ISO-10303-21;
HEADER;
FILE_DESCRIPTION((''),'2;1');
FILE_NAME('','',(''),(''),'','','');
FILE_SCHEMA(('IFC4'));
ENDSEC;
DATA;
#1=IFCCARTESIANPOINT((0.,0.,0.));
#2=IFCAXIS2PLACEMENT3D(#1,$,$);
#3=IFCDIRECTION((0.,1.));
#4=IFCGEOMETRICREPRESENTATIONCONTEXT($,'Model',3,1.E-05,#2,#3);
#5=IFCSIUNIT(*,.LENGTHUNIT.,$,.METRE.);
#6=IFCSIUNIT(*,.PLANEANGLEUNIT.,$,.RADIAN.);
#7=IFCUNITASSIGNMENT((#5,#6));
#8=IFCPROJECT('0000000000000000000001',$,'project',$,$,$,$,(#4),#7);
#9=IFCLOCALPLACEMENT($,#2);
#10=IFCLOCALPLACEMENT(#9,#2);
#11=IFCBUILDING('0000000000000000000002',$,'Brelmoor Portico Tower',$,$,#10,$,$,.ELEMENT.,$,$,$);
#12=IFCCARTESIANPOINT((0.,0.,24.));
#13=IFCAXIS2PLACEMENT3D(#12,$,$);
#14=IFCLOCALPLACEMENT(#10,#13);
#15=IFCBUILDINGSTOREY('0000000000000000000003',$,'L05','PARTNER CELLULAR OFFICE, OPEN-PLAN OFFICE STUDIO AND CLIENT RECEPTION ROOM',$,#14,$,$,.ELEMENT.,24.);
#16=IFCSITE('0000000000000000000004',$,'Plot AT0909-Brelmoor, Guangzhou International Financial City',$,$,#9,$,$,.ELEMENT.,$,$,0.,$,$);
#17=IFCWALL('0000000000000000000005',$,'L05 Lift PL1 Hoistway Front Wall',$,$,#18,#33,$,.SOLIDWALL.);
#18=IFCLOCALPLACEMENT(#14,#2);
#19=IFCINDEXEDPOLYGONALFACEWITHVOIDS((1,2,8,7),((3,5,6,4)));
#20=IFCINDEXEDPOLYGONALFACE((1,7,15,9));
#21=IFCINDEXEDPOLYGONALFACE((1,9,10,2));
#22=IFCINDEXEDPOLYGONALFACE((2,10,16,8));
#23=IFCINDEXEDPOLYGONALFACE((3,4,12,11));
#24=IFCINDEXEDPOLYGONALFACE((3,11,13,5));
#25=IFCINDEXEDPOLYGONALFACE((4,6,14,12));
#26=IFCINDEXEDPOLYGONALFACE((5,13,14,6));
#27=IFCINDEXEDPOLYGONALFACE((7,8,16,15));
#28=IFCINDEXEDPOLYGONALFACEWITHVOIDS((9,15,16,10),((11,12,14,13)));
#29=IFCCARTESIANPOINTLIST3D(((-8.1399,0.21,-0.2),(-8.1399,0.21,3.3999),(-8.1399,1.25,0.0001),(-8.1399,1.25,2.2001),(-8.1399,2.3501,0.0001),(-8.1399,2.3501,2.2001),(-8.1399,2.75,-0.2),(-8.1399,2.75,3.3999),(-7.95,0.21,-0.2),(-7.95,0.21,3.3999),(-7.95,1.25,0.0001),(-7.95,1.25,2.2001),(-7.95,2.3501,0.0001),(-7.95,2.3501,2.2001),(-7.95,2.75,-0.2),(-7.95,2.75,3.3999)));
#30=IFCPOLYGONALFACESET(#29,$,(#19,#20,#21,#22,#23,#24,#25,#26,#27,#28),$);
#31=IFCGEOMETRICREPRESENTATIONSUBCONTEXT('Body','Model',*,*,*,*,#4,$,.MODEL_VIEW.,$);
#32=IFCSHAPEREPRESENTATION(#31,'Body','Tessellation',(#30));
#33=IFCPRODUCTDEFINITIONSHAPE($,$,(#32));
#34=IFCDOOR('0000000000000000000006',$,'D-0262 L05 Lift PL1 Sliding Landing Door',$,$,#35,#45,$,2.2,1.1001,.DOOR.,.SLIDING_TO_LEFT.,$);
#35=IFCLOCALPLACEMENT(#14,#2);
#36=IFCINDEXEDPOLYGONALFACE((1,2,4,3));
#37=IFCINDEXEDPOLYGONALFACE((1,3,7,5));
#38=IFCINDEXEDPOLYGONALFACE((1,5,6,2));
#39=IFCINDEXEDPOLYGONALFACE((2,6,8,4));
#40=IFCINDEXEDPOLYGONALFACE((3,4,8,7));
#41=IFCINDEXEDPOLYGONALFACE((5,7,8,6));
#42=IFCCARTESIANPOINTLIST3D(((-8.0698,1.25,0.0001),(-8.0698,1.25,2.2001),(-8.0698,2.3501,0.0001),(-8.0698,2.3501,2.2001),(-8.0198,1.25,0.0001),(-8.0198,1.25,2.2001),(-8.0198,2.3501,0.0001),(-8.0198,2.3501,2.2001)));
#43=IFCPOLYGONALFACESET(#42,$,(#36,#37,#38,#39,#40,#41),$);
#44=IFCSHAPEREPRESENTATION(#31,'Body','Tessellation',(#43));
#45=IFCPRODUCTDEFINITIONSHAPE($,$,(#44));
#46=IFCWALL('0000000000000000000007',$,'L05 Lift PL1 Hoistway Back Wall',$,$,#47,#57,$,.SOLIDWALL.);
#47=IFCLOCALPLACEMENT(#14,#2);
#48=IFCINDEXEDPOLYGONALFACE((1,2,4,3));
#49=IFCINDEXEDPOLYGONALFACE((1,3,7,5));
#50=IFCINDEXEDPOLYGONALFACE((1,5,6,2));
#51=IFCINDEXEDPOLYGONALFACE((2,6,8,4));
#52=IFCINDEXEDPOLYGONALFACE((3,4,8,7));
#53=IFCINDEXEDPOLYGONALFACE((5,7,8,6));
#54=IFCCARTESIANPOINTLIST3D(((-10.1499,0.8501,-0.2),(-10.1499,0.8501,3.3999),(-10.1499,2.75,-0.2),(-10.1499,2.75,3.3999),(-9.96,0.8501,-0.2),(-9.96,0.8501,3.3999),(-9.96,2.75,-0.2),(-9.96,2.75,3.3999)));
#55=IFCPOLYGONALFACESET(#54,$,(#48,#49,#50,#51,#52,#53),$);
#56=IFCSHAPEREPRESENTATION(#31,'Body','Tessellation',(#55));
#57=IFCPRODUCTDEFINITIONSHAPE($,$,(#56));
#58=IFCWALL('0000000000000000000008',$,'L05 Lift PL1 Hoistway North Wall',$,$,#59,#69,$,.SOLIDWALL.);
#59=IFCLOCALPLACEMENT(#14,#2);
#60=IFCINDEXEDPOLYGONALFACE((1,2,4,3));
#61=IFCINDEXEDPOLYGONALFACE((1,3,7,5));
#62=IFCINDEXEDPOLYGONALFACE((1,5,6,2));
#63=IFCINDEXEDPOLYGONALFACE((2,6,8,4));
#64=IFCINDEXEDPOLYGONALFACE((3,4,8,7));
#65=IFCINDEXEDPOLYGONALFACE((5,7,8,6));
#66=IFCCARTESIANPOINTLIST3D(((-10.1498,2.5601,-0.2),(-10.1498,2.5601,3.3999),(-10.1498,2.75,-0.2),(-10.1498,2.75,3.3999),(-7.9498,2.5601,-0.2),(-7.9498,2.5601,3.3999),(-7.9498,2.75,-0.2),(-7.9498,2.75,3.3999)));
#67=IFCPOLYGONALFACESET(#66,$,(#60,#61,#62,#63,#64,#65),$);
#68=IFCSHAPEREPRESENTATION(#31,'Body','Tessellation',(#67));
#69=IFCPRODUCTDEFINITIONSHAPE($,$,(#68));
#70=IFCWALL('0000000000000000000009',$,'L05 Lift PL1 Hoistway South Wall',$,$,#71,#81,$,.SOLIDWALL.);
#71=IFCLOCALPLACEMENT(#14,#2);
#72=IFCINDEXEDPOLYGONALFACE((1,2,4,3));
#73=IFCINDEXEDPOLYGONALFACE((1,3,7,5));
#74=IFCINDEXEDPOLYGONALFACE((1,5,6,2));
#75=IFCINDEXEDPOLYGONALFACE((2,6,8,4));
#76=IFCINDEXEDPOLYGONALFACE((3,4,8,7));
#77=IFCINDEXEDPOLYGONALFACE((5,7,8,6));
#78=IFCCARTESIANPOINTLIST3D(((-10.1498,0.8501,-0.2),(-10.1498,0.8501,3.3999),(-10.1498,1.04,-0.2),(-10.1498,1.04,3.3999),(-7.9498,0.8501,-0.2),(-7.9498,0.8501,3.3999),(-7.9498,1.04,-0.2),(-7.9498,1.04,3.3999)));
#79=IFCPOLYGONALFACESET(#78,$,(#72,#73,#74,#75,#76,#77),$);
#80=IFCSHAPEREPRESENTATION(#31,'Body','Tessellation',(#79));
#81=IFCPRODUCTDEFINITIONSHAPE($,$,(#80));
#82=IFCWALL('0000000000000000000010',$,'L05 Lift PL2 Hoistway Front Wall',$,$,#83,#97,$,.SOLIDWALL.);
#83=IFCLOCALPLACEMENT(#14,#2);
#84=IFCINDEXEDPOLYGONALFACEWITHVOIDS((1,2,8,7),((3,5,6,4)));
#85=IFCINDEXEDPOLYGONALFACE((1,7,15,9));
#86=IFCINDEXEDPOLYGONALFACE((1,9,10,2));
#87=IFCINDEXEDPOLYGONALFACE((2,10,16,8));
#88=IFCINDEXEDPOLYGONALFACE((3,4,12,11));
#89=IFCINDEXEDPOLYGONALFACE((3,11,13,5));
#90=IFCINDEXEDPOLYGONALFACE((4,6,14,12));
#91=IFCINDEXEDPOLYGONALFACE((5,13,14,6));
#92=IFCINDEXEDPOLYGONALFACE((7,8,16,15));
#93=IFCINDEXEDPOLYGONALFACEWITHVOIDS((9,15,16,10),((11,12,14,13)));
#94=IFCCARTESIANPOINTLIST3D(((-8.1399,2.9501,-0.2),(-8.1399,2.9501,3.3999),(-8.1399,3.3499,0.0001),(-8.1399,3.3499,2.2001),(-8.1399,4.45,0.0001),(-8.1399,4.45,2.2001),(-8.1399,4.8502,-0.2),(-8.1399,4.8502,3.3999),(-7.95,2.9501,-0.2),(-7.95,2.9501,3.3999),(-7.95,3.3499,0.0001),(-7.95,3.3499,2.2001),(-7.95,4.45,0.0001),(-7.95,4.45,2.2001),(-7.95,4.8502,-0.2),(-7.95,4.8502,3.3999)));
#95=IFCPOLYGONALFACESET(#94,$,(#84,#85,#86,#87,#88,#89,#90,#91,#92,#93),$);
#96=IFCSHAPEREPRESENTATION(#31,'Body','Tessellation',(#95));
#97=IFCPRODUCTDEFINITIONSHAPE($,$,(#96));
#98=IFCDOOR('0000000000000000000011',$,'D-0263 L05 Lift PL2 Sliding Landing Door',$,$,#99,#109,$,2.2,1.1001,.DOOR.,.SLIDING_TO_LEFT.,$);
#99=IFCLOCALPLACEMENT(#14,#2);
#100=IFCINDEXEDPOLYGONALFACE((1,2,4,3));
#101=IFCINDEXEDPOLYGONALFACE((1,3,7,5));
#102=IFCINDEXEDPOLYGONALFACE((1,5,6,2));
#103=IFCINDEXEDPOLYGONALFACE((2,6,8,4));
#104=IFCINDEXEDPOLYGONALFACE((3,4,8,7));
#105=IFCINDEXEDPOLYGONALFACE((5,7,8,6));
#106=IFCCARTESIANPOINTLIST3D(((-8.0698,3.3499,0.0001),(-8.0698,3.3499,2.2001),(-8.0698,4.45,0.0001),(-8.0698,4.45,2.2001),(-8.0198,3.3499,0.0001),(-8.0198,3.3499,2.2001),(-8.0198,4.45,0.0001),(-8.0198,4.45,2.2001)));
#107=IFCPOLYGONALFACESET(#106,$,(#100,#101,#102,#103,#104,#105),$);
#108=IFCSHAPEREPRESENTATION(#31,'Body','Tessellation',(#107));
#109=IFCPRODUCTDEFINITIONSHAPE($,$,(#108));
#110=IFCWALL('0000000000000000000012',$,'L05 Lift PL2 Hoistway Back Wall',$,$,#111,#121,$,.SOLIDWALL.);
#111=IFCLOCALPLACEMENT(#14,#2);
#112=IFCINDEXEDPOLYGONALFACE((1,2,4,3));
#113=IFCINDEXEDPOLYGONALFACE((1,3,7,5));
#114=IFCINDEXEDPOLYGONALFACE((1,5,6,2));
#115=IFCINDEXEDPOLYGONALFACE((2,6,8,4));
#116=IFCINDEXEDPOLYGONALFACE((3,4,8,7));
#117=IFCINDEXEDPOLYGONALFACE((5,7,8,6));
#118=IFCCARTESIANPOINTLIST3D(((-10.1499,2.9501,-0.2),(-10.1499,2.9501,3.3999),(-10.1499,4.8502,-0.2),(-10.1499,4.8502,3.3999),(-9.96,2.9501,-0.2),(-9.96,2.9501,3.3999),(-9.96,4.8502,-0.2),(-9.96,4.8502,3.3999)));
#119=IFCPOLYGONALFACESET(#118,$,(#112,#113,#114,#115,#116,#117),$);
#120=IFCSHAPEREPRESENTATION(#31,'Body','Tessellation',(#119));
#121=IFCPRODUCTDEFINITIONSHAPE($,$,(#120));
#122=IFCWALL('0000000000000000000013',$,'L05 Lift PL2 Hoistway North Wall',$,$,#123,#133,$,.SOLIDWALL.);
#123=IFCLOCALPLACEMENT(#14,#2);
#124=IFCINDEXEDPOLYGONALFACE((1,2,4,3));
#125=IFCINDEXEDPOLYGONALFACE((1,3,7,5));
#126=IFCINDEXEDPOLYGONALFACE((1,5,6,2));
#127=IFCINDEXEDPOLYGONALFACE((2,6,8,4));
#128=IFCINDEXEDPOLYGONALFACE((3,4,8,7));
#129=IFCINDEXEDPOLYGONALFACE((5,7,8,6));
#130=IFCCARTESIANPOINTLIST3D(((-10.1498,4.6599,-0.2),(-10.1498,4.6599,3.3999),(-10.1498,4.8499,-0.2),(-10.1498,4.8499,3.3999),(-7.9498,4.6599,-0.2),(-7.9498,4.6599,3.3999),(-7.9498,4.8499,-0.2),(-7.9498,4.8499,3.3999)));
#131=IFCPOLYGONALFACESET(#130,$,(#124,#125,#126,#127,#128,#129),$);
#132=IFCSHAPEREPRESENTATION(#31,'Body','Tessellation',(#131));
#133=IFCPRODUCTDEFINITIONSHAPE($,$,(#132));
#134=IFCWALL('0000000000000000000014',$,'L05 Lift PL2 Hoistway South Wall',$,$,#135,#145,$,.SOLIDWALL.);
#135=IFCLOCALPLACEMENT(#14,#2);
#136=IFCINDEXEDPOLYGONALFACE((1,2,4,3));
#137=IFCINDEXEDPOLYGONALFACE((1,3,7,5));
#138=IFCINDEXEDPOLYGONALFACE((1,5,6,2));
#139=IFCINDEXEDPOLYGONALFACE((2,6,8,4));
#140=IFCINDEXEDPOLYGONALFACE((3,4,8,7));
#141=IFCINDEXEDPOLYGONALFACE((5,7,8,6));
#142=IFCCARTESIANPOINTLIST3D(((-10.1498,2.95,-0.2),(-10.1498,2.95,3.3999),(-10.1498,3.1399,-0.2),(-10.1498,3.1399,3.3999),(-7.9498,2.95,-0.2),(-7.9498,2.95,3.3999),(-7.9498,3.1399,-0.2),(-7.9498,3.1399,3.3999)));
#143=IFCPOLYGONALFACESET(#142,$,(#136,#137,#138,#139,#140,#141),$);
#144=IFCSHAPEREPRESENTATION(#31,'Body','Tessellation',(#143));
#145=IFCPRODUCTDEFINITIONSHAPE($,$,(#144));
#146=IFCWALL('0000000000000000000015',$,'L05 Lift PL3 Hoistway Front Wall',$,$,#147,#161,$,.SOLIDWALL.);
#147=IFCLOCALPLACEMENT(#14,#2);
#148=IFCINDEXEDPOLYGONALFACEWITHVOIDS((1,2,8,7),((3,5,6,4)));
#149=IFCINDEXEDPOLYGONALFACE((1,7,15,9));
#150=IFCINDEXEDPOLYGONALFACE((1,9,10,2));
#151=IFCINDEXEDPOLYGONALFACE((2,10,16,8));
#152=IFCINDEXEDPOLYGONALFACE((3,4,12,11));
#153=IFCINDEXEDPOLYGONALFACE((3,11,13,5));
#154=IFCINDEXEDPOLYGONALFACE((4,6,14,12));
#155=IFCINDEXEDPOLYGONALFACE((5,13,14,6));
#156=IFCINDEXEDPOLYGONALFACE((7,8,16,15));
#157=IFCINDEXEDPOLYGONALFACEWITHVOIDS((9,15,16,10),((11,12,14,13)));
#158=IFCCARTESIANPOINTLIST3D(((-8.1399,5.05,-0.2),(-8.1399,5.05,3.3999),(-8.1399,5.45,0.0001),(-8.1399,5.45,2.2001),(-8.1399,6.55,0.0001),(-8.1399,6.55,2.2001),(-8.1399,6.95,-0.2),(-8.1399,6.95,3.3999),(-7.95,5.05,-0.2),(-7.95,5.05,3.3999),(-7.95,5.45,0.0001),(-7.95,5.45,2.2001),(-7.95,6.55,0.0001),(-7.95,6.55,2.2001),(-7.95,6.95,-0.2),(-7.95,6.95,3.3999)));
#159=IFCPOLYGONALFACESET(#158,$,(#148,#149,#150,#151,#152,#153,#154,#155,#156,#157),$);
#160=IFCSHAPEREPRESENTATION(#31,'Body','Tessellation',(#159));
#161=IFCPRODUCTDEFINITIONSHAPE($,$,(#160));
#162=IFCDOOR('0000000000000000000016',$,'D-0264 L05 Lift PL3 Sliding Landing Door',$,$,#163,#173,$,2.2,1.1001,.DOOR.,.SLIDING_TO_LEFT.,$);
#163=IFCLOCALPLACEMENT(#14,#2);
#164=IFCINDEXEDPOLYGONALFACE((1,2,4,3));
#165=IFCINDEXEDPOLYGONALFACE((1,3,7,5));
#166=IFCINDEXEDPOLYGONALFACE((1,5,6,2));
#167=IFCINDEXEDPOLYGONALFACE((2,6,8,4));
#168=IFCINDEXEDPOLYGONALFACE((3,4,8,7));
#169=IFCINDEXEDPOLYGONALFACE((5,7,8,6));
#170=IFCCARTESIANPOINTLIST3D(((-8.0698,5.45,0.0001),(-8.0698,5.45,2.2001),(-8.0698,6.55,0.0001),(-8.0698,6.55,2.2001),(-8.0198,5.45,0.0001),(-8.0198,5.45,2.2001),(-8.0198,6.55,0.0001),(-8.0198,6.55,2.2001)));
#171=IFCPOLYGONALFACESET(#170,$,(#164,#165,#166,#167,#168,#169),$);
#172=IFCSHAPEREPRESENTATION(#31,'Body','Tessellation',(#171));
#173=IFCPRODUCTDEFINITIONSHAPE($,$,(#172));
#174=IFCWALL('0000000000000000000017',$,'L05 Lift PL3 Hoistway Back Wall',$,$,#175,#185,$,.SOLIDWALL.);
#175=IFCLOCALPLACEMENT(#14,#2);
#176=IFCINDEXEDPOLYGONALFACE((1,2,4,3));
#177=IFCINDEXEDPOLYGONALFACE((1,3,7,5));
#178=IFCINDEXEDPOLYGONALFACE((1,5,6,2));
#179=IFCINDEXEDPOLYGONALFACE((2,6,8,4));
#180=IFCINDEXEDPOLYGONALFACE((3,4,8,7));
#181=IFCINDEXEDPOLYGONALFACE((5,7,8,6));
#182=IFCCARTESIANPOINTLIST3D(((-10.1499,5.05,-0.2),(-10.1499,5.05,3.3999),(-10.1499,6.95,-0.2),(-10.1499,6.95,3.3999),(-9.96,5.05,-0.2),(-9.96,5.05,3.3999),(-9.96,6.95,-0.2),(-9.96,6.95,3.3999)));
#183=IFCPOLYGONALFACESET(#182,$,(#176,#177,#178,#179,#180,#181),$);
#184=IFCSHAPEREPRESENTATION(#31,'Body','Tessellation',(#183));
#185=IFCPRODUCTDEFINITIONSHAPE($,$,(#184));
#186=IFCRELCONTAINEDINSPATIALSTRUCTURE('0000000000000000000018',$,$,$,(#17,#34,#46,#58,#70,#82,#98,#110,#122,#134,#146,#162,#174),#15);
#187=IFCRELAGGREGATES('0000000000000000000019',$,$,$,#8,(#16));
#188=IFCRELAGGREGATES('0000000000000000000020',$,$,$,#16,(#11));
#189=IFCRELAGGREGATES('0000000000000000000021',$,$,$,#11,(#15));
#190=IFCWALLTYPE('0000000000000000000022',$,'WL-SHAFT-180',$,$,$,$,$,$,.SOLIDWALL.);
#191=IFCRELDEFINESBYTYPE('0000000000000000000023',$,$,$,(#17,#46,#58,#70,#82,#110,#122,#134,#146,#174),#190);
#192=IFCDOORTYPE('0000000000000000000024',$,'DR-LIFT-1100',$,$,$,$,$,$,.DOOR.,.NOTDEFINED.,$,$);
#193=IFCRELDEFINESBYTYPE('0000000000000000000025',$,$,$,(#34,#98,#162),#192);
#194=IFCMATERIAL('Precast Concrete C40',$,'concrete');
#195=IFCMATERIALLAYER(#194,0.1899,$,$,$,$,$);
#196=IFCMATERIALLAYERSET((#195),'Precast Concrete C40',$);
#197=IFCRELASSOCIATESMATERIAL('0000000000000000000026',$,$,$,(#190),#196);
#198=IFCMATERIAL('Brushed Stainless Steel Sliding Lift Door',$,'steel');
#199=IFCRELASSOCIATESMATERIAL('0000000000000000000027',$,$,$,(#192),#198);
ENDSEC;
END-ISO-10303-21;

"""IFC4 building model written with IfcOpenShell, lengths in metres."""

from ifc_helpers import new_model, si_unit, direction, frame, frame_2d, origin, place, context, subcontext, project, spatial, rectangle, extrude, material, layer, layer_set, type_object, element, fill, save


model = new_model("IFC4")

# Units and contexts
model_context = context("Model", 3, precision=1e-05, world=origin(), true_north=direction((0.0, 1.0)))
body_context = subcontext(model_context, "Body", "Model", "MODEL_VIEW")
ifc_project = project(units=[si_unit("LENGTHUNIT", "METRE"), si_unit("PLANEANGLEUNIT", "RADIAN")], contexts=[model_context])

# Site, building, storey
site_placement = place(None, origin())
site = spatial("IfcSite", under=ifc_project, at=site_placement, Name="Plot AT0909-Brelmoor, Guangzhou International Financial City", CompositionType="ELEMENT", RefElevation=0.0)
building_placement = place(site_placement, origin())
building = spatial("IfcBuilding", under=site, at=building_placement, Name="Brelmoor Portico Tower", CompositionType="ELEMENT")
storey_placement = place(building_placement, frame((0.0, 0.0, 24.0)))
storey = spatial("IfcBuildingStorey", under=building, at=storey_placement, Name="L05", Description="PARTNER CELLULAR OFFICE, OPEN-PLAN OFFICE STUDIO AND CLIENT RECEPTION ROOM", CompositionType="ELEMENT", Elevation=24.0)

# Wall, opening, door
ifc_material_1 = material(Name="Precast Concrete C40", Category="concrete")
ifc_layer_1 = layer(ifc_material_1, 0.1899)
ifc_layer_set_1 = layer_set([ifc_layer_1], Name="Precast Concrete C40")
wall_type_1 = type_object("IfcWallType", Name="WL-SHAFT-180", PredefinedType="SOLIDWALL", material=ifc_layer_set_1)
wall_1_placement = place(storey_placement, frame((-8.0449, 0.21, -0.2), z_axis=(0.0, 0.0, 1.0), x_axis=(0.0, 1.0, 0.0)))
wall_1 = element("IfcWall", 1, at=wall_1_placement, inside=storey, type_object=wall_type_1, Name="L05 Lift PL1 Hoistway Front Wall", PredefinedType="SOLIDWALL", context=body_context, shape_type="SweptSolid", body=[
    extrude(rectangle(XDim=2.54, YDim=0.1899, at=frame_2d((1.27, 0.0))), origin(), (0.0, 0.0, 1.0), 3.5999),
])
opening_1_placement = place(wall_1_placement, frame((1.04, 0.0, 0.2)))
opening_1 = element("IfcOpeningElement", 2, at=opening_1_placement, cuts=wall_1, PredefinedType="OPENING", context=body_context, shape_type="SweptSolid", body=[
    extrude(rectangle(XDim=1.1001, YDim=2.2, at=frame_2d((0.55, 1.1001))), frame((0.0, 0.105, 0.0), z_axis=(0.0, -1.0, 0.0), x_axis=(1.0, 0.0, 0.0)), (0.0, 0.0, 1.0), 0.21),
])
ifc_material_2 = material(Name="Brushed Stainless Steel Sliding Lift Door", Category="steel")
door_type_1 = type_object("IfcDoorType", Name="DR-LIFT-1100", OperationType="NOTDEFINED", PredefinedType="DOOR", material=ifc_material_2)
door_1_placement = place(opening_1_placement, origin())
door_1 = element("IfcDoor", 3, at=door_1_placement, inside=storey, type_object=door_type_1, Name="D-0262 L05 Lift PL1 Sliding Landing Door", OperationType="SLIDING_TO_LEFT", OverallHeight=2.2, OverallWidth=1.1001, PredefinedType="DOOR", context=body_context, shape_type="SweptSolid", body=[
    extrude(rectangle(XDim=1.1001, YDim=2.2, at=frame_2d((0.55, 1.1001))), frame((0.0, 0.0249, 0.0), z_axis=(0.0, -1.0, 0.0), x_axis=(1.0, 0.0, 0.0)), (0.0, 0.0, 1.0), 0.05),
])
fill(opening_1, door_1)

# Walls
wall_2_placement = place(storey_placement, frame((-10.0549, 0.8501, -0.2), z_axis=(0.0, 0.0, 1.0), x_axis=(0.0, 1.0, 0.0)))
element("IfcWall", 4, at=wall_2_placement, inside=storey, type_object=wall_type_1, Name="L05 Lift PL1 Hoistway Back Wall", PredefinedType="SOLIDWALL", context=body_context, shape_type="SweptSolid", body=[
    extrude(rectangle(XDim=1.8999, YDim=0.1899, at=frame_2d((0.95, 0.0))), origin(), (0.0, 0.0, 1.0), 3.5999),
])
for number, where, z_axis, x_axis, name in (
    (5, (-10.1499, 2.655, -0.2), (0.0, 0.0, 1.0), (1.0, 0.0, 0.0), "L05 Lift PL1 Hoistway North Wall"),
    (6, (-10.1499, 0.9451, -0.2), (0.0, 0.0, 1.0), (1.0, 0.0, 0.0), "L05 Lift PL1 Hoistway South Wall"),
):
    element("IfcWall", number, at=place(storey_placement, frame(where, z_axis=z_axis, x_axis=x_axis)), inside=storey, type_object=wall_type_1, Name=name, PredefinedType="SOLIDWALL", context=body_context, shape_type="SweptSolid", body=[
        extrude(rectangle(XDim=2.2, YDim=0.1899, at=frame_2d((1.1001, 0.0))), origin(), (0.0, 0.0, 1.0), 3.5999),
    ])

# Wall, opening, door
wall_3_placement = place(storey_placement, frame((-8.0449, 2.95, -0.2), z_axis=(0.0, 0.0, 1.0), x_axis=(0.0, 1.0, 0.0)))
wall_3 = element("IfcWall", 7, at=wall_3_placement, inside=storey, type_object=wall_type_1, Name="L05 Lift PL2 Hoistway Front Wall", PredefinedType="SOLIDWALL", context=body_context, shape_type="SweptSolid", body=[
    extrude(rectangle(XDim=1.9001, YDim=0.1899, at=frame_2d((0.9502, 0.0))), origin(), (0.0, 0.0, 1.0), 3.5999),
])
opening_2_placement = place(wall_3_placement, frame((0.3999, 0.0, 0.2)))
opening_2 = element("IfcOpeningElement", 8, at=opening_2_placement, cuts=wall_3, PredefinedType="OPENING", context=body_context, shape_type="SweptSolid", body=[
    extrude(rectangle(XDim=1.1001, YDim=2.2, at=frame_2d((0.55, 1.1001))), frame((0.0, 0.105, 0.0), z_axis=(0.0, -1.0, 0.0), x_axis=(1.0, 0.0, 0.0)), (0.0, 0.0, 1.0), 0.21),
])
door_2_placement = place(opening_2_placement, origin())
door_2 = element("IfcDoor", 9, at=door_2_placement, inside=storey, type_object=door_type_1, Name="D-0263 L05 Lift PL2 Sliding Landing Door", OperationType="SLIDING_TO_LEFT", OverallHeight=2.2, OverallWidth=1.1001, PredefinedType="DOOR", context=body_context, shape_type="SweptSolid", body=[
    extrude(rectangle(XDim=1.1001, YDim=2.2, at=frame_2d((0.55, 1.1001))), frame((0.0, 0.0249, 0.0), z_axis=(0.0, -1.0, 0.0), x_axis=(1.0, 0.0, 0.0)), (0.0, 0.0, 1.0), 0.05),
])
fill(opening_2, door_2)

# Walls
wall_4_placement = place(storey_placement, frame((-10.0549, 2.95, -0.2), z_axis=(0.0, 0.0, 1.0), x_axis=(0.0, 1.0, 0.0)))
element("IfcWall", 10, at=wall_4_placement, inside=storey, type_object=wall_type_1, Name="L05 Lift PL2 Hoistway Back Wall", PredefinedType="SOLIDWALL", context=body_context, shape_type="SweptSolid", body=[
    extrude(rectangle(XDim=1.9001, YDim=0.1899, at=frame_2d((0.9502, 0.0))), origin(), (0.0, 0.0, 1.0), 3.5999),
])
for number, where, z_axis, x_axis, name in (
    (11, (-10.1499, 4.7549, -0.2), (0.0, 0.0, 1.0), (1.0, 0.0, 0.0), "L05 Lift PL2 Hoistway North Wall"),
    (12, (-10.1499, 3.0449, -0.2), (0.0, 0.0, 1.0), (1.0, 0.0, 0.0), "L05 Lift PL2 Hoistway South Wall"),
):
    element("IfcWall", number, at=place(storey_placement, frame(where, z_axis=z_axis, x_axis=x_axis)), inside=storey, type_object=wall_type_1, Name=name, PredefinedType="SOLIDWALL", context=body_context, shape_type="SweptSolid", body=[
        extrude(rectangle(XDim=2.2, YDim=0.1899, at=frame_2d((1.1001, 0.0))), origin(), (0.0, 0.0, 1.0), 3.5999),
    ])

# Wall, opening, door
wall_5_placement = place(storey_placement, frame((-8.0449, 5.05, -0.2), z_axis=(0.0, 0.0, 1.0), x_axis=(0.0, 1.0, 0.0)))
wall_5 = element("IfcWall", 13, at=wall_5_placement, inside=storey, type_object=wall_type_1, Name="L05 Lift PL3 Hoistway Front Wall", PredefinedType="SOLIDWALL", context=body_context, shape_type="SweptSolid", body=[
    extrude(rectangle(XDim=1.8999, YDim=0.1899, at=frame_2d((0.95, 0.0))), origin(), (0.0, 0.0, 1.0), 3.5999),
])
opening_3_placement = place(wall_5_placement, frame((0.3999, 0.0, 0.2)))
opening_3 = element("IfcOpeningElement", 14, at=opening_3_placement, cuts=wall_5, PredefinedType="OPENING", context=body_context, shape_type="SweptSolid", body=[
    extrude(rectangle(XDim=1.1001, YDim=2.2, at=frame_2d((0.55, 1.1001))), frame((0.0, 0.105, 0.0), z_axis=(0.0, -1.0, 0.0), x_axis=(1.0, 0.0, 0.0)), (0.0, 0.0, 1.0), 0.21),
])
door_3_placement = place(opening_3_placement, origin())
door_3 = element("IfcDoor", 15, at=door_3_placement, inside=storey, type_object=door_type_1, Name="D-0264 L05 Lift PL3 Sliding Landing Door", OperationType="SLIDING_TO_LEFT", OverallHeight=2.2, OverallWidth=1.1001, PredefinedType="DOOR", context=body_context, shape_type="SweptSolid", body=[
    extrude(rectangle(XDim=1.1001, YDim=2.2, at=frame_2d((0.55, 1.1001))), frame((0.0, 0.0249, 0.0), z_axis=(0.0, -1.0, 0.0), x_axis=(1.0, 0.0, 0.0)), (0.0, 0.0, 1.0), 0.05),
])
fill(opening_3, door_3)

# Wall
wall_6_placement = place(storey_placement, frame((-10.0549, 5.05, -0.2), z_axis=(0.0, 0.0, 1.0), x_axis=(0.0, 1.0, 0.0)))
element("IfcWall", 16, at=wall_6_placement, inside=storey, type_object=wall_type_1, Name="L05 Lift PL3 Hoistway Back Wall", PredefinedType="SOLIDWALL", context=body_context, shape_type="SweptSolid", body=[
    extrude(rectangle(XDim=1.8999, YDim=0.1899, at=frame_2d((0.95, 0.0))), origin(), (0.0, 0.0, 1.0), 3.5999),
])

save(model, "model.ifc")
